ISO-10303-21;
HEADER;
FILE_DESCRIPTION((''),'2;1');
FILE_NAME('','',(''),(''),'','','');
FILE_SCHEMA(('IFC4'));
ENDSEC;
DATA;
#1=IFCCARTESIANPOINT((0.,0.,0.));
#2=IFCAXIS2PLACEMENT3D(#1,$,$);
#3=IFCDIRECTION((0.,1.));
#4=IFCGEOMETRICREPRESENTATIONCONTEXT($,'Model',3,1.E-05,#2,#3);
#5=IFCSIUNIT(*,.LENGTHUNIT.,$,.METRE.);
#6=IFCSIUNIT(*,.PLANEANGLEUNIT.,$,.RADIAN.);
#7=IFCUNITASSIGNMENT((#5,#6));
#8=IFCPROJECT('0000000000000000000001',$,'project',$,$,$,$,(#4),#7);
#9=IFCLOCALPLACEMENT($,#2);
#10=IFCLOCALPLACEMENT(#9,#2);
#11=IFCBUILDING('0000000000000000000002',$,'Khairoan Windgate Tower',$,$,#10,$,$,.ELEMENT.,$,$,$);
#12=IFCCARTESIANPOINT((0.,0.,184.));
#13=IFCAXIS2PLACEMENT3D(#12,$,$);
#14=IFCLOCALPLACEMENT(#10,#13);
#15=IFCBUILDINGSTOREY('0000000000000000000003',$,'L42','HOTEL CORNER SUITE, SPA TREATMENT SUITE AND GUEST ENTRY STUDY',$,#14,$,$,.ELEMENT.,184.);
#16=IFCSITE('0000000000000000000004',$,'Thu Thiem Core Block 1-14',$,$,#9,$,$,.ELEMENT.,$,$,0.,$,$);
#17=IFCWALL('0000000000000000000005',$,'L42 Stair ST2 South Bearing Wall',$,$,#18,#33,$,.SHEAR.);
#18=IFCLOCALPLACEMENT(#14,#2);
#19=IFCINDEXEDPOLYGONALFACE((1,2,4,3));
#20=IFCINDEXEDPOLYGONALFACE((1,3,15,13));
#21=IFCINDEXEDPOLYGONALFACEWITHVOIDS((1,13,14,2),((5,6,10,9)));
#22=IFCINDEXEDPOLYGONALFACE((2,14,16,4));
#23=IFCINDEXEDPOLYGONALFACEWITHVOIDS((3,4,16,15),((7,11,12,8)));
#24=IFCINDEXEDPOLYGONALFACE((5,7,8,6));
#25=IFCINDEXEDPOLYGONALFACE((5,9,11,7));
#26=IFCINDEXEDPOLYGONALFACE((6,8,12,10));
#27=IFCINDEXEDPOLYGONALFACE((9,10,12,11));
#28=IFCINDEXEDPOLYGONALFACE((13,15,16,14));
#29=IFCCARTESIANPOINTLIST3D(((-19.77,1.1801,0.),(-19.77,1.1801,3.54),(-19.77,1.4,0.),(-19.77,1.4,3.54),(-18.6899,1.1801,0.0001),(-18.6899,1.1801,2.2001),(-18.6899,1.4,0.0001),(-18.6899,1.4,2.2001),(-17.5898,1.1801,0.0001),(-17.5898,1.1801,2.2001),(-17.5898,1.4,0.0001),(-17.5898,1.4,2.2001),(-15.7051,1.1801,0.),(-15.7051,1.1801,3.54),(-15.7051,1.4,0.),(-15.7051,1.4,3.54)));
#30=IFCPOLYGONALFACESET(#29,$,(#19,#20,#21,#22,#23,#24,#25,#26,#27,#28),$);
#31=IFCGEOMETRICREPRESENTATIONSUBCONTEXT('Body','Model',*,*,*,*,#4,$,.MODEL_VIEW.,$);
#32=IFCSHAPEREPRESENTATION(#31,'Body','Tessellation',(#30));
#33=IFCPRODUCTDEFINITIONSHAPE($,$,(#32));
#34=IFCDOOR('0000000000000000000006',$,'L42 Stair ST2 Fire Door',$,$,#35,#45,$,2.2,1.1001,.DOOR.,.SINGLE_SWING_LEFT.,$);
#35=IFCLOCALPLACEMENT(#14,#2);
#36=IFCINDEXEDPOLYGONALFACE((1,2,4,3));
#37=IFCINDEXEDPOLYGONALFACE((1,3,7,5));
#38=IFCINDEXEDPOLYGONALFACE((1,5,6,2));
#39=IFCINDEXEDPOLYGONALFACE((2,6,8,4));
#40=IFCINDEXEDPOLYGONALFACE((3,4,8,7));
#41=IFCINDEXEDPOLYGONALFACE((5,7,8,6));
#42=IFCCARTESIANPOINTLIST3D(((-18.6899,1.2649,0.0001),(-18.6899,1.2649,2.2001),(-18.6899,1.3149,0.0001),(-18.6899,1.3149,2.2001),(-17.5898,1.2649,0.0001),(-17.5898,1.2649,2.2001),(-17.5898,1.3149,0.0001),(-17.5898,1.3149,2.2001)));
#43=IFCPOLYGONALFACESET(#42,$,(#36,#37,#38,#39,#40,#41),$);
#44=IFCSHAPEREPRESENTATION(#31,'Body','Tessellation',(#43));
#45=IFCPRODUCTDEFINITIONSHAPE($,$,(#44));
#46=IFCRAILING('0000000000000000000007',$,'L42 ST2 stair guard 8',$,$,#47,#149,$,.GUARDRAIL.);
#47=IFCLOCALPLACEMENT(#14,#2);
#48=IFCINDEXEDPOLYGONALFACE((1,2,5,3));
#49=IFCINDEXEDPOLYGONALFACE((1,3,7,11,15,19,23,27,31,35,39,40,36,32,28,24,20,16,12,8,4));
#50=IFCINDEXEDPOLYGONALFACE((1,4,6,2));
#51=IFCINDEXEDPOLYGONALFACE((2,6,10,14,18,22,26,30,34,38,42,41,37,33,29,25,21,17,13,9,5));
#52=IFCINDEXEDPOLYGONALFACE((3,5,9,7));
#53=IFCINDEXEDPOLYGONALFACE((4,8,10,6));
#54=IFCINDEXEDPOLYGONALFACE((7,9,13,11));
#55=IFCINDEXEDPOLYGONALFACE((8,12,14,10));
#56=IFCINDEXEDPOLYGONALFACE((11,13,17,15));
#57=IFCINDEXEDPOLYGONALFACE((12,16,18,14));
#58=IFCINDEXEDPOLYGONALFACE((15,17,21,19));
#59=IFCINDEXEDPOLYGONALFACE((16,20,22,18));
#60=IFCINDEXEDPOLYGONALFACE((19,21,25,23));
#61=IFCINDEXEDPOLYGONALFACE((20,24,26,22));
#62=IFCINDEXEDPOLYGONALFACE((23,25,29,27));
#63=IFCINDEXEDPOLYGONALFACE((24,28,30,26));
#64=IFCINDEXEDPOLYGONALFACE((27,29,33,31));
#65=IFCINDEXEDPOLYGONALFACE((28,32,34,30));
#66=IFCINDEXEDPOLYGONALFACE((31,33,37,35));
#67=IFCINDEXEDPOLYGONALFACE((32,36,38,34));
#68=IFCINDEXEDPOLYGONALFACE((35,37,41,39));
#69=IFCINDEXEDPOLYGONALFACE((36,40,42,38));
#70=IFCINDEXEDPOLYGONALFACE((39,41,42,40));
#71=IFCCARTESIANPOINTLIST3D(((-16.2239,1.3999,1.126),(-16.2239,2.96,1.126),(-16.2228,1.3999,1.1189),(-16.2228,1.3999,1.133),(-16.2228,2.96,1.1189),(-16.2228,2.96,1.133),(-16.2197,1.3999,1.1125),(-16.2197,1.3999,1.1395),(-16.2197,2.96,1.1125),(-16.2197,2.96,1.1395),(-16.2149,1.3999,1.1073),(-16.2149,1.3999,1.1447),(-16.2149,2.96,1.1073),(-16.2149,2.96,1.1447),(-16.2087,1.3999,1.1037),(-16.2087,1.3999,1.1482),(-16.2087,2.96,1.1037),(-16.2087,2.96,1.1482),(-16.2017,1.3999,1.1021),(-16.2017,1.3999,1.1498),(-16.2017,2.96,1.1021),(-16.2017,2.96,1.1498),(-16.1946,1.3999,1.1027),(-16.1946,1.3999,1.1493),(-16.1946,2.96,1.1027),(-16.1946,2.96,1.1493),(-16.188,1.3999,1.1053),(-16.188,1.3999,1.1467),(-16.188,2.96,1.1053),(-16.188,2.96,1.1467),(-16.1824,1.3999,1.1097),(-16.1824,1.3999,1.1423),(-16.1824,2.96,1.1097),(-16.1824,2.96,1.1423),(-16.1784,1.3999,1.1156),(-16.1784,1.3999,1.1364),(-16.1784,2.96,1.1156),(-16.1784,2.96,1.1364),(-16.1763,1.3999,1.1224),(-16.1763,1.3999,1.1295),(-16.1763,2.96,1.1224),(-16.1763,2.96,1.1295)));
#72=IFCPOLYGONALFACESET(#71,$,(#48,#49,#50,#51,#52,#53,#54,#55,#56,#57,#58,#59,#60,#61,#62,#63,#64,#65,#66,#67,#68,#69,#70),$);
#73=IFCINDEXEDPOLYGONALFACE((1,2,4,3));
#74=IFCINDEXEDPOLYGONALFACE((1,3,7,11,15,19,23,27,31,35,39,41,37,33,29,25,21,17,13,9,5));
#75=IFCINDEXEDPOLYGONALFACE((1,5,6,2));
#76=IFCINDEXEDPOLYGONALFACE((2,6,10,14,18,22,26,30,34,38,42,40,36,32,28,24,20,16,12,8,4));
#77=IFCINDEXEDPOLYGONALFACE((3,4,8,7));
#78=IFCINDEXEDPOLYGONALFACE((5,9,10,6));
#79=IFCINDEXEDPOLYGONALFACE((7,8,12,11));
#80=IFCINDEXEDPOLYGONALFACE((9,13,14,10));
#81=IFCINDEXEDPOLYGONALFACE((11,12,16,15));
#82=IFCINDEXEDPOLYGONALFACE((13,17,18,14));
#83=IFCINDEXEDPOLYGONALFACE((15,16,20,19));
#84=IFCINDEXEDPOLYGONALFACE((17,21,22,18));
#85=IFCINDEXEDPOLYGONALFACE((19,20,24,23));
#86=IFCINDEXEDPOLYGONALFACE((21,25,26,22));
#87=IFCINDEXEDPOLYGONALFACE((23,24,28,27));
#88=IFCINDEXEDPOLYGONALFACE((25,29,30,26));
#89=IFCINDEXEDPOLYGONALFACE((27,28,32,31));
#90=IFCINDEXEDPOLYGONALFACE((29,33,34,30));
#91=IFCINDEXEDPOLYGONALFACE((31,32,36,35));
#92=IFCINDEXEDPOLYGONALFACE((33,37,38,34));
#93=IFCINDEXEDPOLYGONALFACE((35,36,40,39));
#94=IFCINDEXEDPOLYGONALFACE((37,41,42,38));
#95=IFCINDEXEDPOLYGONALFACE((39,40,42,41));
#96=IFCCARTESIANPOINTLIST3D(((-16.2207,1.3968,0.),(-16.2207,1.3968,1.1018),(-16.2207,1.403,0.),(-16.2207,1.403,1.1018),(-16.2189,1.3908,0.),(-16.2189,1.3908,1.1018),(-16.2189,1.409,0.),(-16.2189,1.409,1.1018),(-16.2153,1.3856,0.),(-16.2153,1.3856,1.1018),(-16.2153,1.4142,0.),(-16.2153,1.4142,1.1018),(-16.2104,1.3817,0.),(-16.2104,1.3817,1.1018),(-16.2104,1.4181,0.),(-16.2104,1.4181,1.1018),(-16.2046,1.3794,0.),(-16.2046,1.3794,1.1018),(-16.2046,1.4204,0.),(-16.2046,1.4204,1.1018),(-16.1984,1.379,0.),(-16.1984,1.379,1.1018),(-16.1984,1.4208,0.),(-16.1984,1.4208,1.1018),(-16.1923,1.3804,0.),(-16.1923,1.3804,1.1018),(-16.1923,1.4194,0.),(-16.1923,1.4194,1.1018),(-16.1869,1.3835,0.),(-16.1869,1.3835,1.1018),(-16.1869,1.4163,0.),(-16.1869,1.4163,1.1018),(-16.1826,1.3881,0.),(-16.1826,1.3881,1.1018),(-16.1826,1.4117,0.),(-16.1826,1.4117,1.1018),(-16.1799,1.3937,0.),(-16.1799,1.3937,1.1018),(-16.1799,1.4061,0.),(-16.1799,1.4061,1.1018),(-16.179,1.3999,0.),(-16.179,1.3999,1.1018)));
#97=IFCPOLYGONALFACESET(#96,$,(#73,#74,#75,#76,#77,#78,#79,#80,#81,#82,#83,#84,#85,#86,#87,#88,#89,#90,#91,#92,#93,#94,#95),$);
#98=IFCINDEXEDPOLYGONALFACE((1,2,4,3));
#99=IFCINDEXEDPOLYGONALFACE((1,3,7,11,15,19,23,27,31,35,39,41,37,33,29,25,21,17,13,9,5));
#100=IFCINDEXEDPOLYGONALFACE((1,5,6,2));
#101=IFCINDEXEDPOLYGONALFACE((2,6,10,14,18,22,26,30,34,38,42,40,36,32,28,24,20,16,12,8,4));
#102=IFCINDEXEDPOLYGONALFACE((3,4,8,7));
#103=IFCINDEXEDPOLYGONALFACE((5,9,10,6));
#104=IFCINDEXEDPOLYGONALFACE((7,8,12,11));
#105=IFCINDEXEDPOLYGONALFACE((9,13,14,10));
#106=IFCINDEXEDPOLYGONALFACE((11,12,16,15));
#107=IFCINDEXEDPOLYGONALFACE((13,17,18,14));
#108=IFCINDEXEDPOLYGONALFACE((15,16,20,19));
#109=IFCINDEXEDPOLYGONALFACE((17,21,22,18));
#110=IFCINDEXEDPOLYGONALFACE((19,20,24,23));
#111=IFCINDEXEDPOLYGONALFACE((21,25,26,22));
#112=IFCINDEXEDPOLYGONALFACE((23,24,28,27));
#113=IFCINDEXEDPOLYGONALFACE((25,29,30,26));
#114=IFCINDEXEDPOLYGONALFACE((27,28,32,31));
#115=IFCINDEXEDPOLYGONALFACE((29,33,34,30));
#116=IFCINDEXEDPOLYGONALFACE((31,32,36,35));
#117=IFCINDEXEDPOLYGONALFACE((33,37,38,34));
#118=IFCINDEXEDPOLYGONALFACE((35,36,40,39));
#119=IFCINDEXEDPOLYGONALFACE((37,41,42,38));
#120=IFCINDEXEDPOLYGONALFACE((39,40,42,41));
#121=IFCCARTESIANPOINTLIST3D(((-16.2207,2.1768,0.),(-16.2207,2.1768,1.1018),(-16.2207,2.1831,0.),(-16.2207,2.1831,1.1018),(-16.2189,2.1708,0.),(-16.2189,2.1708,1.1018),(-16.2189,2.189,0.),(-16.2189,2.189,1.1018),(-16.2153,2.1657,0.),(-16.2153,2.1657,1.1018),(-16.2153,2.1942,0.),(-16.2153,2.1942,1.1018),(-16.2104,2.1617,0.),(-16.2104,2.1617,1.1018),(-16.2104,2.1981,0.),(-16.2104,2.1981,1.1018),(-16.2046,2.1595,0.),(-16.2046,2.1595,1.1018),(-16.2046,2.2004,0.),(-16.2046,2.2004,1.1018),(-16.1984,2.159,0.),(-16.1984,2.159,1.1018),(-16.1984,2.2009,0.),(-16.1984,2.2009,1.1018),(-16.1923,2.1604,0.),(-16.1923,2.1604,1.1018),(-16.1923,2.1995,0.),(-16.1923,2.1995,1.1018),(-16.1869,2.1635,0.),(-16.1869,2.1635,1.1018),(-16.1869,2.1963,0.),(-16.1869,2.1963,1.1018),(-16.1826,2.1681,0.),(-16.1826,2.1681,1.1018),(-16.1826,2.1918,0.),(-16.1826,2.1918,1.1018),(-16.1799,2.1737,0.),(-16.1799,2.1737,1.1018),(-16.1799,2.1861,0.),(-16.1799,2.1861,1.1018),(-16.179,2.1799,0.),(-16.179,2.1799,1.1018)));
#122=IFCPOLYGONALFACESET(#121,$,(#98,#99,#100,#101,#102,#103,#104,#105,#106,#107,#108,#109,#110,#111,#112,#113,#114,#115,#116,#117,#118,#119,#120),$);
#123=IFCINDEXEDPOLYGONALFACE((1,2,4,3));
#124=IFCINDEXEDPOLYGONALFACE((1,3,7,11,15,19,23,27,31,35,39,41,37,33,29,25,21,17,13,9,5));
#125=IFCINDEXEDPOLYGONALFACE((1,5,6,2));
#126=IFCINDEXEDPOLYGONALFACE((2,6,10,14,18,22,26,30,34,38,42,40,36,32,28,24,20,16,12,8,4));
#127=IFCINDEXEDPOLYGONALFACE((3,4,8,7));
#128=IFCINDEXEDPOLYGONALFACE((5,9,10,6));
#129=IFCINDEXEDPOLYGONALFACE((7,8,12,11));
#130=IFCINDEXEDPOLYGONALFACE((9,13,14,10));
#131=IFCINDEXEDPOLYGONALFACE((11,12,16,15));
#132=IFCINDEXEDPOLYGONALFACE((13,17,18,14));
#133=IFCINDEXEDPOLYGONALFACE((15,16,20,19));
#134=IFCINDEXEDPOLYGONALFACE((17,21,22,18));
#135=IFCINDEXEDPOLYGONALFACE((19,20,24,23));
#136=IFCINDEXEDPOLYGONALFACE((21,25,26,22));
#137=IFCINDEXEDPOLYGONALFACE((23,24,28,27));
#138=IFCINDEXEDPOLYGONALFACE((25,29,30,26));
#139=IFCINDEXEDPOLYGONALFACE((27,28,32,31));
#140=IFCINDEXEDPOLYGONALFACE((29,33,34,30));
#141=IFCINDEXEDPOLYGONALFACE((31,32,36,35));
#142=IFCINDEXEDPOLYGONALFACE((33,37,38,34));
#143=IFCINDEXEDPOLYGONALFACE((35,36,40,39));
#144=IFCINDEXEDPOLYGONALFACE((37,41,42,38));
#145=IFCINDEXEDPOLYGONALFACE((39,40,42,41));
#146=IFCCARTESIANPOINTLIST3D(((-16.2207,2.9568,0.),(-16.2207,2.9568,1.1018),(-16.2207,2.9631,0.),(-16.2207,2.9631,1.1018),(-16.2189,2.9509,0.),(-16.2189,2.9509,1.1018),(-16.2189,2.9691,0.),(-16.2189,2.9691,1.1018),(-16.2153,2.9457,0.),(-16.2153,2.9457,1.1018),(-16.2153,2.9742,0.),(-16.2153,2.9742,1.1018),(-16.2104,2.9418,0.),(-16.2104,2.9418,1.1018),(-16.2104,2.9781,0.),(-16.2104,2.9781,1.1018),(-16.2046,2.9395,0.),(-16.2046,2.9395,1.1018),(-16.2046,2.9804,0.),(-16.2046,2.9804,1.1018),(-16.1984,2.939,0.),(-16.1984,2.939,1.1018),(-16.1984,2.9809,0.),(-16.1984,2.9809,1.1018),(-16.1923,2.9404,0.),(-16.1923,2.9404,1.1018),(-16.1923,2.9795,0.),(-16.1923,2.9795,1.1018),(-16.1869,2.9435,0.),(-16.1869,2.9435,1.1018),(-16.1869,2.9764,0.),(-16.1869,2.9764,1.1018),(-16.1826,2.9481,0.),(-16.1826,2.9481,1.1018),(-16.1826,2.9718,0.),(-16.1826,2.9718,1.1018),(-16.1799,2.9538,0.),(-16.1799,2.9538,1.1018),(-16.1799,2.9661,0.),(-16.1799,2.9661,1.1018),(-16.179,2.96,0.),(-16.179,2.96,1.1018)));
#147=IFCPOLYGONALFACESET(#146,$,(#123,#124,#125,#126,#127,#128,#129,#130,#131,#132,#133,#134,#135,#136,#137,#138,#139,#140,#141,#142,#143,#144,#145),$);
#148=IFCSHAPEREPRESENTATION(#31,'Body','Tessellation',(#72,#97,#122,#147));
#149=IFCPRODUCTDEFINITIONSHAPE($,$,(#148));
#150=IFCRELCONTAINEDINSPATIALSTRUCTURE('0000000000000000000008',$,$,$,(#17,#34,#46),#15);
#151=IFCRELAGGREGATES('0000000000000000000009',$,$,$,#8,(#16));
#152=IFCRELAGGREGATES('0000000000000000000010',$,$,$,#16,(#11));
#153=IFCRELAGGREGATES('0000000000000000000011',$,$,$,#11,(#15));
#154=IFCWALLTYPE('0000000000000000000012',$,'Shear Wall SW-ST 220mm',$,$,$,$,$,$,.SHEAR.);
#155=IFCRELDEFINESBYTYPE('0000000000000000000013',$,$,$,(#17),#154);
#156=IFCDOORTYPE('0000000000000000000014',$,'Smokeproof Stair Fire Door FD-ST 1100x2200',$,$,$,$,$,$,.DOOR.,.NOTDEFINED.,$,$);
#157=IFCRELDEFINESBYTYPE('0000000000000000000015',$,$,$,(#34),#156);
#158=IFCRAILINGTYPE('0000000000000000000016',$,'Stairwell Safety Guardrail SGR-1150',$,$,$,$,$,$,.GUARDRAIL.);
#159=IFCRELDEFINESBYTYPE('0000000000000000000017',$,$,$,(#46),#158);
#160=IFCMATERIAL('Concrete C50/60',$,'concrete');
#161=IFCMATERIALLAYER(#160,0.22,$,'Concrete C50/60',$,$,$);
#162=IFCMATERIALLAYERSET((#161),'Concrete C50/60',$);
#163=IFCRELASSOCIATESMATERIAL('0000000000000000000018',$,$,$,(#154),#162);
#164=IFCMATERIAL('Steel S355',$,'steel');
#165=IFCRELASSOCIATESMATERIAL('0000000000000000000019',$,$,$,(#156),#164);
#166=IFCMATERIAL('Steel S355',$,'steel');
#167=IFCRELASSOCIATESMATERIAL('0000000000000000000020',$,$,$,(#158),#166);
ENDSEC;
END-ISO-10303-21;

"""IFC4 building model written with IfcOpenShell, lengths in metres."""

from ifc_helpers import new_model, si_unit, direction, frame, frame_2d, origin, origin_2d, place, context, subcontext, project, spatial, rectangle, circle, extrude, material, layer, layer_set, type_object, element, fill, save


model = new_model("IFC4")

# Units and contexts
model_context = context("Model", 3, precision=1e-05, world=origin(), true_north=direction((0.0, 1.0)))
body_context = subcontext(model_context, "Body", "Model", "MODEL_VIEW")
ifc_project = project(units=[si_unit("LENGTHUNIT", "METRE"), si_unit("PLANEANGLEUNIT", "RADIAN")], contexts=[model_context])

# Site, building, storey
site_placement = place(None, origin())
site = spatial("IfcSite", under=ifc_project, at=site_placement, Name="Thu Thiem Core Block 1-14", CompositionType="ELEMENT", RefElevation=0.0)
building_placement = place(site_placement, origin())
building = spatial("IfcBuilding", under=site, at=building_placement, Name="Khairoan Windgate Tower", CompositionType="ELEMENT")
storey_placement = place(building_placement, frame((0.0, 0.0, 184.0)))
storey = spatial("IfcBuildingStorey", under=building, at=storey_placement, Name="L42", Description="HOTEL CORNER SUITE, SPA TREATMENT SUITE AND GUEST ENTRY STUDY", CompositionType="ELEMENT", Elevation=184.0)

# Shared definitions
ifc_material_1 = material(Name="Concrete C50/60", Category="concrete")
ifc_layer_1 = layer(ifc_material_1, 0.22, Name="Concrete C50/60")
ifc_layer_set_1 = layer_set([ifc_layer_1], Name="Concrete C50/60")
wall_type_1 = type_object("IfcWallType", Name="Shear Wall SW-ST 220mm", PredefinedType="SHEAR", material=ifc_layer_set_1)

# Wall, opening, door
wall_1_placement = place(storey_placement, frame((-19.77, 1.29, 0.0), z_axis=(0.0, 0.0, 1.0), x_axis=(1.0, 0.0, 0.0)))
wall_1 = element("IfcWall", 1, at=wall_1_placement, inside=storey, type_object=wall_type_1, Name="L42 Stair ST2 South Bearing Wall", PredefinedType="SHEAR", context=body_context, shape_type="SweptSolid", body=[
    extrude(rectangle(XDim=4.0649, YDim=0.22, at=frame_2d((2.0325, 0.0))), origin(), (0.0, 0.0, 1.0), 3.54),
])
opening_1_placement = place(wall_1_placement, frame((1.0801, 0.0, 0.0)))
opening_1 = element("IfcOpeningElement", 2, at=opening_1_placement, cuts=wall_1, PredefinedType="OPENING", context=body_context, shape_type="SweptSolid", body=[
    extrude(rectangle(XDim=1.1001, YDim=2.2, at=frame_2d((0.55, 1.1001))), frame((0.0, 0.1199, 0.0), z_axis=(0.0, -1.0, 0.0), x_axis=(1.0, 0.0, 0.0)), (0.0, 0.0, 1.0), 0.24),
])
ifc_material_2 = material(Name="Steel S355", Category="steel")
door_type_1 = type_object("IfcDoorType", Name="Smokeproof Stair Fire Door FD-ST 1100x2200", OperationType="NOTDEFINED", PredefinedType="DOOR", material=ifc_material_2)
door_1_placement = place(opening_1_placement, origin())
door_1 = element("IfcDoor", 3, at=door_1_placement, inside=storey, type_object=door_type_1, Name="L42 Stair ST2 Fire Door", OperationType="SINGLE_SWING_LEFT", OverallHeight=2.2, OverallWidth=1.1001, PredefinedType="DOOR", context=body_context, shape_type="SweptSolid", body=[
    extrude(rectangle(XDim=1.1001, YDim=2.2, at=frame_2d((0.55, 1.1001))), frame((0.0, 0.0249, 0.0), z_axis=(0.0, -1.0, 0.0), x_axis=(1.0, 0.0, 0.0)), (0.0, 0.0, 1.0), 0.05),
])
fill(opening_1, door_1)

# Railing
ifc_material_3 = material(Name="Steel S355", Category="steel")
railing_type = type_object("IfcRailingType", Name="Stairwell Safety Guardrail SGR-1150", PredefinedType="GUARDRAIL", material=ifc_material_3)
for number, where, name in (
    (4, (-16.2, 1.3999, 0.0), "L42 ST2 stair guard 8"),
):
    element("IfcRailing", number, at=place(storey_placement, frame(where)), inside=storey, type_object=railing_type, Name=name, PredefinedType="GUARDRAIL", context=body_context, shape_type="SweptSolid", body=[
        extrude(circle(Radius=0.0239, at=origin_2d()), frame((0.0, 0.0, 1.126), z_axis=(0.0, 1.0, 0.0), x_axis=(-1.0, 0.0, 0.0)), (0.0, 0.0, 1.0), 1.5601),
        extrude(circle(Radius=0.021, at=origin_2d()), origin(), (0.0, 0.0, 1.0), 1.1018),
        extrude(circle(Radius=0.021, at=origin_2d()), frame((0.0, 0.78, 0.0)), (0.0, 0.0, 1.0), 1.1018),
        extrude(circle(Radius=0.021, at=origin_2d()), frame((0.0, 1.5601, 0.0)), (0.0, 0.0, 1.0), 1.1018),
    ])

save(model, "model.ifc")
